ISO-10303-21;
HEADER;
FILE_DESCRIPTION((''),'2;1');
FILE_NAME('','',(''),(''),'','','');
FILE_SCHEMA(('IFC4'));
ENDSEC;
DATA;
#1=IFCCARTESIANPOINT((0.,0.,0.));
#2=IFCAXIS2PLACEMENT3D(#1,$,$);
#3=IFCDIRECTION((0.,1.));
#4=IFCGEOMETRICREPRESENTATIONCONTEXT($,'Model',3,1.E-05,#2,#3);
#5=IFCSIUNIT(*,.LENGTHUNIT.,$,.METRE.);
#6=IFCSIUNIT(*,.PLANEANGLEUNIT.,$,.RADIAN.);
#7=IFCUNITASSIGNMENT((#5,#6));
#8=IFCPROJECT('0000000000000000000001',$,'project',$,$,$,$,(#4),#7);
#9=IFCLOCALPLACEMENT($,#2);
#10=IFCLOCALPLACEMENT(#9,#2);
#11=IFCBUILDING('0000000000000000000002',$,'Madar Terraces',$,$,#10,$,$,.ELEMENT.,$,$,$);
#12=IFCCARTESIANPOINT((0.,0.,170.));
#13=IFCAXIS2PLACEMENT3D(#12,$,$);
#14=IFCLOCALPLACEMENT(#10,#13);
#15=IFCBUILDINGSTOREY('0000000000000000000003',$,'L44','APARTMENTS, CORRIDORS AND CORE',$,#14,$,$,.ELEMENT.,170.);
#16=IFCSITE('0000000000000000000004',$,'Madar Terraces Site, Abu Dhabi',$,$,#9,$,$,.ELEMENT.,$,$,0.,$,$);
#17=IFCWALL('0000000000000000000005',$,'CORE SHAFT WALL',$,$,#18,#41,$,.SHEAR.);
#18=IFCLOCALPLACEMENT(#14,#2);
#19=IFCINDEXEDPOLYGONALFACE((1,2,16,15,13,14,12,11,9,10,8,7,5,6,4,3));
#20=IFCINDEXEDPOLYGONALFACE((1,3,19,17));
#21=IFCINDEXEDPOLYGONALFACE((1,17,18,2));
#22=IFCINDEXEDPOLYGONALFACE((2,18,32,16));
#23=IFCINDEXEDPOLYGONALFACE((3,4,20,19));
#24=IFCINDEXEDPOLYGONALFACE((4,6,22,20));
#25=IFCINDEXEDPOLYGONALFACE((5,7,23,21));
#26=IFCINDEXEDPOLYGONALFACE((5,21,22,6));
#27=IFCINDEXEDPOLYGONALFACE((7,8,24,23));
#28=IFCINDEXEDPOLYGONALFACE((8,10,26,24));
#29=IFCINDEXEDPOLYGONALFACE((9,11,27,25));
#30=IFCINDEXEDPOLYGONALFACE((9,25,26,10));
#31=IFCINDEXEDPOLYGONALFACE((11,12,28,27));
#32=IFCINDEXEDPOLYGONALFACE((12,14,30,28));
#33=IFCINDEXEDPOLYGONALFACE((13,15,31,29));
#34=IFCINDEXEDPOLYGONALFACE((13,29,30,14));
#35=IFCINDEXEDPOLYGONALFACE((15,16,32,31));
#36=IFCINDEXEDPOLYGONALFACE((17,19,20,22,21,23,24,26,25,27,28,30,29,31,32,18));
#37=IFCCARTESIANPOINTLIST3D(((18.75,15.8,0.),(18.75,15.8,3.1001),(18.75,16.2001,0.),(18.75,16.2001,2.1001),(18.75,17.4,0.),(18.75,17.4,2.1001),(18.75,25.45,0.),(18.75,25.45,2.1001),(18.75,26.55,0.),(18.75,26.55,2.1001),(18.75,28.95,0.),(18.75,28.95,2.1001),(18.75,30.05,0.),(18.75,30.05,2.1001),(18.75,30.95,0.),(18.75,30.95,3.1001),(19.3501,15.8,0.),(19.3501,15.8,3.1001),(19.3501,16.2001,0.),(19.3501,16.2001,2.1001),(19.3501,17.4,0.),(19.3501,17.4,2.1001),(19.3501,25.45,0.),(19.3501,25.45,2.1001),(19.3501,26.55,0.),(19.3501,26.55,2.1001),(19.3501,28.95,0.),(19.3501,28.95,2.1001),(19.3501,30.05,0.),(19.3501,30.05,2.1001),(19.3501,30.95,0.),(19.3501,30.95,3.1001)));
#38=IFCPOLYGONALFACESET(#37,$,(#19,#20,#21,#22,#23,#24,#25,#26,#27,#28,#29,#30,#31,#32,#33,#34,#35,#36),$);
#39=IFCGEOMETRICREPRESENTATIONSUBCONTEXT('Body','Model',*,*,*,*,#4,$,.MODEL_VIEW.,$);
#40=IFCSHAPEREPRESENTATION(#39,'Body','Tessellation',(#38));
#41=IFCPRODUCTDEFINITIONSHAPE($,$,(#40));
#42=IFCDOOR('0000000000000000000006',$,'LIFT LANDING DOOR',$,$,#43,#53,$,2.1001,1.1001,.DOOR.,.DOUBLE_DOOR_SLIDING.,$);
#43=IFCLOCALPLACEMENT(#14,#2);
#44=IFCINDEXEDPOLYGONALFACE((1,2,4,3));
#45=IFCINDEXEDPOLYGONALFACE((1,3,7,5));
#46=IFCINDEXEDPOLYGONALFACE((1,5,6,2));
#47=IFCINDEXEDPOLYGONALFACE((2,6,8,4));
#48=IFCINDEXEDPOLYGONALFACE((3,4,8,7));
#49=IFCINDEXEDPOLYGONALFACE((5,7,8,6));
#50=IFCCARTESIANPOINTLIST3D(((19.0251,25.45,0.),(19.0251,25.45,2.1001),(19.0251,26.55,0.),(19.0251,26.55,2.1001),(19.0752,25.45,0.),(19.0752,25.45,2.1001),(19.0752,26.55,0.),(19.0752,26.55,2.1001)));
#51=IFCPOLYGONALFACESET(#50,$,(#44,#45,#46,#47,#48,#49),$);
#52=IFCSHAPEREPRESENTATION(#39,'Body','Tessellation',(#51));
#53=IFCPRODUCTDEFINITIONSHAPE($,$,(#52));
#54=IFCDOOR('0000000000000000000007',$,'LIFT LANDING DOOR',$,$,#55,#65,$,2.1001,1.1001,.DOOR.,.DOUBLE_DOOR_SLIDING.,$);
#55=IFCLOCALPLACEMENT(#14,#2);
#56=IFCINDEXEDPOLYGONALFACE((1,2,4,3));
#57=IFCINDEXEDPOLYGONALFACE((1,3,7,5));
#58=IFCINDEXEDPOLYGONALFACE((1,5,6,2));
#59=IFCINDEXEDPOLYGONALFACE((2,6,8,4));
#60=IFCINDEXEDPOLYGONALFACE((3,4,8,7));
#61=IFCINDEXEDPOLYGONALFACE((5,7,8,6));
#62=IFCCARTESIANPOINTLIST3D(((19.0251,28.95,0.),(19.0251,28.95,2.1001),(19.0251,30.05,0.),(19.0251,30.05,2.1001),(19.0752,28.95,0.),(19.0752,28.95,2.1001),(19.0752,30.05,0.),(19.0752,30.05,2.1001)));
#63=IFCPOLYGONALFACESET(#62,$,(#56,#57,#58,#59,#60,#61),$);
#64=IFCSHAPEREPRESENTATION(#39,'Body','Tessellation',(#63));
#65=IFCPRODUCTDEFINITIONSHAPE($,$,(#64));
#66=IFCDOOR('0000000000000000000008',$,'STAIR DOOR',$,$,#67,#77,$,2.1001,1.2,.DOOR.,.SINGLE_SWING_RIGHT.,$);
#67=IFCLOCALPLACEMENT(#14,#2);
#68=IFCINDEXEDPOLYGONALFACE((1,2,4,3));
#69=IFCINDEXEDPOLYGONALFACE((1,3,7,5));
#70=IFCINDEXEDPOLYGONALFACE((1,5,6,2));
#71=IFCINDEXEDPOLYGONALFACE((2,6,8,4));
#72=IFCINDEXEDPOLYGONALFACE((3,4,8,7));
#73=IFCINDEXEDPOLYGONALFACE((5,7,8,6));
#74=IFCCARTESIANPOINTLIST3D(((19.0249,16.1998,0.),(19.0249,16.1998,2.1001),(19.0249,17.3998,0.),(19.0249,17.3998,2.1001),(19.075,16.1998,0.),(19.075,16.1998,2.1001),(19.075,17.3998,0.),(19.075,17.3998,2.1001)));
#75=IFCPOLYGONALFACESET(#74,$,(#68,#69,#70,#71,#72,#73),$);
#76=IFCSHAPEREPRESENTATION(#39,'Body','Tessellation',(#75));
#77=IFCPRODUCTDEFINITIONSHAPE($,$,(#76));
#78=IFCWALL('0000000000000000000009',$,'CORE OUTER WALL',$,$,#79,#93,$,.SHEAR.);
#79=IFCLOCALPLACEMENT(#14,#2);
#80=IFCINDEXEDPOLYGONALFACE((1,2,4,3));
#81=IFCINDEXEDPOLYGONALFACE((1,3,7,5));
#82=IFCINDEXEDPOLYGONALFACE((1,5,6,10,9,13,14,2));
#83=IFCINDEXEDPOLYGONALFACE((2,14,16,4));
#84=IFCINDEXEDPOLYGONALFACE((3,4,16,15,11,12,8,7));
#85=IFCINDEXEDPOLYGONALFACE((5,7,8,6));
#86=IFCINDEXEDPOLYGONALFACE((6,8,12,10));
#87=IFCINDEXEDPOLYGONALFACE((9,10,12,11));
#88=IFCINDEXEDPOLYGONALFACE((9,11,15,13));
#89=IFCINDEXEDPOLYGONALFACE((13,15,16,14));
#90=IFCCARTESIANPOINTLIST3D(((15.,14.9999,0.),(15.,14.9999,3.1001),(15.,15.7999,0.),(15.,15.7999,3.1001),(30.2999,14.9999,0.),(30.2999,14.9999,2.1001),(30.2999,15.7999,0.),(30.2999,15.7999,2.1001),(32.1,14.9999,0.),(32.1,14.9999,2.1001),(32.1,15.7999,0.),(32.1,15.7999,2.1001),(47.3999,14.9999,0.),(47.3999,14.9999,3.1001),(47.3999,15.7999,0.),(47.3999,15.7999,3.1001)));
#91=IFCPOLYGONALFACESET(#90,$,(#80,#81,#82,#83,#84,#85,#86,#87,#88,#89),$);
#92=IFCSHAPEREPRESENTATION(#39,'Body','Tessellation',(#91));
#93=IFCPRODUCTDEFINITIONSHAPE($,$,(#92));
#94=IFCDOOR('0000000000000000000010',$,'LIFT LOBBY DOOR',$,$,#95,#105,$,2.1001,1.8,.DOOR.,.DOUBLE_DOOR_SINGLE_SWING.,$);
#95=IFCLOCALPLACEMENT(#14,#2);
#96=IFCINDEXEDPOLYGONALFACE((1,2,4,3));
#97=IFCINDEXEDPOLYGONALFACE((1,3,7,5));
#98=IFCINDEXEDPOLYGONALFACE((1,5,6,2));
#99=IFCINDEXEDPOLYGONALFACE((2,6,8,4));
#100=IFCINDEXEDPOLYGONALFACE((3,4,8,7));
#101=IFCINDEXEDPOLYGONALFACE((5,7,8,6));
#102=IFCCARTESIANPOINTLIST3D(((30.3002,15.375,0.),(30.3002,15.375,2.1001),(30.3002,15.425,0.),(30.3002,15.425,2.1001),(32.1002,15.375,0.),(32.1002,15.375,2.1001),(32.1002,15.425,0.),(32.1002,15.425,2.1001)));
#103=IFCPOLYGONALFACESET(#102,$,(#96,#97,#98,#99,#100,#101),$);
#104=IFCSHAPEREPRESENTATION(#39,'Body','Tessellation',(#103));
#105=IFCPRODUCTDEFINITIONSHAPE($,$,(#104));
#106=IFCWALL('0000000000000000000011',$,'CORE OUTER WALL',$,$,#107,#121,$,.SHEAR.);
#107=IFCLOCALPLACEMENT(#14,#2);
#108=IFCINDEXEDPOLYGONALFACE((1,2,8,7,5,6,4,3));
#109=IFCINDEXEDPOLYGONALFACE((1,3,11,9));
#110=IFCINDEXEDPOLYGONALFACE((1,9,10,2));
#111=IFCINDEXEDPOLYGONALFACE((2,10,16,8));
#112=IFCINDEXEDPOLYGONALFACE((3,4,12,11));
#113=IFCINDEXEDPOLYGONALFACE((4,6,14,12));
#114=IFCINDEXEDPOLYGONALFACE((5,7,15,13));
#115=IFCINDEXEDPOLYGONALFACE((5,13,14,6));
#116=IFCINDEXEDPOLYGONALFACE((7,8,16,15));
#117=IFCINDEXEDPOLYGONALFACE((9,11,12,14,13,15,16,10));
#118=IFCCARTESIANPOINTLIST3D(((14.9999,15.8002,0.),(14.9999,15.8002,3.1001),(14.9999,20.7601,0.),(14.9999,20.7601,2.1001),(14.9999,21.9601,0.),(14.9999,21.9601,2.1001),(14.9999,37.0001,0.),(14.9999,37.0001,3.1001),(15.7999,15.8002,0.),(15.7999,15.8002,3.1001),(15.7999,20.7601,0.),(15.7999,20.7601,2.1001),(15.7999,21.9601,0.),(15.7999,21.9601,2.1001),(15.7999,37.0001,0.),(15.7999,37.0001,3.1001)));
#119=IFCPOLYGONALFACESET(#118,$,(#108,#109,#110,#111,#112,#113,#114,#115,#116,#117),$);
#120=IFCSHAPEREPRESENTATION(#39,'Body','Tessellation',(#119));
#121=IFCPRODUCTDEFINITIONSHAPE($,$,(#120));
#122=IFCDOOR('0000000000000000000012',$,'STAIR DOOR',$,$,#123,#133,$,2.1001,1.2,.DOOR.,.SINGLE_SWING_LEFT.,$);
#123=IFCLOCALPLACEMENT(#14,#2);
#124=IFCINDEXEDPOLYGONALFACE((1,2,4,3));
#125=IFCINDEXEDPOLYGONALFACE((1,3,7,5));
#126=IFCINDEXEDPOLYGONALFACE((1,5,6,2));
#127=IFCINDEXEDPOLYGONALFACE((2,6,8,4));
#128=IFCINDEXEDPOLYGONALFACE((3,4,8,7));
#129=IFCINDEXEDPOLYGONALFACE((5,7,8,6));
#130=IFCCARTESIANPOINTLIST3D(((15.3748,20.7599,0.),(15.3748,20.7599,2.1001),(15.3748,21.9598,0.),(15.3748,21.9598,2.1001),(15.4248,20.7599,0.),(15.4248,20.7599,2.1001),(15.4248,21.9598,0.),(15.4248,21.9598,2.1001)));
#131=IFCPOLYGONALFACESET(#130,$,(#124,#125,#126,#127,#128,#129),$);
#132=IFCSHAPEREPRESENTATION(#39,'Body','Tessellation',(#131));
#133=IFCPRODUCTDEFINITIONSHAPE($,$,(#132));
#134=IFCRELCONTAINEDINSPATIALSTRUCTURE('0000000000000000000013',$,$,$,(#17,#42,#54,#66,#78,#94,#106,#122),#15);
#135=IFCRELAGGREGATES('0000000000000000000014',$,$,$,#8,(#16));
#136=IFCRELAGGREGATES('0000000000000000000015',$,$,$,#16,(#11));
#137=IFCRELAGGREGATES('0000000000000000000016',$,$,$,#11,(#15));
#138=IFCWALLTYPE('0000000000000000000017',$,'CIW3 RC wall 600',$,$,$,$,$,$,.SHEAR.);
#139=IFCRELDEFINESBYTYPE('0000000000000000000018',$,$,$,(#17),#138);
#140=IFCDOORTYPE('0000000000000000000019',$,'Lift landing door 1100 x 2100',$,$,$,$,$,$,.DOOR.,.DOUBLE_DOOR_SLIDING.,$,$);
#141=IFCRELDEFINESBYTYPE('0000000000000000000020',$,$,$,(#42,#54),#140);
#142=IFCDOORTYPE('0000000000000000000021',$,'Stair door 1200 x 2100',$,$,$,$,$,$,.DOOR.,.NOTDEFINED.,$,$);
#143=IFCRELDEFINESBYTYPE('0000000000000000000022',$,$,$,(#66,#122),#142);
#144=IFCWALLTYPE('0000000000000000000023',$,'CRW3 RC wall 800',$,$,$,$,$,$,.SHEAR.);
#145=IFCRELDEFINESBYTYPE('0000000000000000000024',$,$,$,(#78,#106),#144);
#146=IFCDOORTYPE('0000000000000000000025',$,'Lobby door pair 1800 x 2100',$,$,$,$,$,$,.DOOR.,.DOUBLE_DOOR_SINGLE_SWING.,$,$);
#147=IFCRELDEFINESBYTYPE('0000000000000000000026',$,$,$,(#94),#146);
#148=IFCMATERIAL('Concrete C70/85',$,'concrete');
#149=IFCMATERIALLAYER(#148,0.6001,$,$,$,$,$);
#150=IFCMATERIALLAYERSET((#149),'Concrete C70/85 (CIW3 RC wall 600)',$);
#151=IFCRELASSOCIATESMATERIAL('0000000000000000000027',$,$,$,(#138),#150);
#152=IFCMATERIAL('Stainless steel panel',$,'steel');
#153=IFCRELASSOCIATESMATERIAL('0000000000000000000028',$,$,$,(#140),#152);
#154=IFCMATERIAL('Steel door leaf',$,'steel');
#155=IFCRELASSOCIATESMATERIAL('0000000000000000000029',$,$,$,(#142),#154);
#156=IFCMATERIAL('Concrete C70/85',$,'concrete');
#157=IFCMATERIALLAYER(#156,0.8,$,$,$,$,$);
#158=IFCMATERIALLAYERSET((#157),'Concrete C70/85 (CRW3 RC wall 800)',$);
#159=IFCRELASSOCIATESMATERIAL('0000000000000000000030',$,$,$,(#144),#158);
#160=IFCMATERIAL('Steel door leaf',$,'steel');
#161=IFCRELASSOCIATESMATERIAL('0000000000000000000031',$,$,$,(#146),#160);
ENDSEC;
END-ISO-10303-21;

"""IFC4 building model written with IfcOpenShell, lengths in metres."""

from ifc_helpers import new_model, si_unit, direction, frame, frame_2d, origin, place, context, subcontext, project, spatial, rectangle, extrude, material, layer, layer_set, type_object, element, fill, save


model = new_model("IFC4")

# Units and contexts
model_context = context("Model", 3, precision=1e-05, world=origin(), true_north=direction((0.0, 1.0)))
body_context = subcontext(model_context, "Body", "Model", "MODEL_VIEW")
ifc_project = project(units=[si_unit("LENGTHUNIT", "METRE"), si_unit("PLANEANGLEUNIT", "RADIAN")], contexts=[model_context])

# Site, building, storey
site_placement = place(None, origin())
site = spatial("IfcSite", under=ifc_project, at=site_placement, Name="Madar Terraces Site, Abu Dhabi", CompositionType="ELEMENT", RefElevation=0.0)
building_placement = place(site_placement, origin())
building = spatial("IfcBuilding", under=site, at=building_placement, Name="Madar Terraces", CompositionType="ELEMENT")
storey_placement = place(building_placement, frame((0.0, 0.0, 170.0)))
storey = spatial("IfcBuildingStorey", under=building, at=storey_placement, Name="L44", Description="APARTMENTS, CORRIDORS AND CORE", CompositionType="ELEMENT", Elevation=170.0)

# Wall, openings, doors
ifc_material_1 = material(Name="Concrete C70/85", Category="concrete")
ifc_layer_1 = layer(ifc_material_1, 0.6001)
ifc_layer_set_1 = layer_set([ifc_layer_1], Name="Concrete C70/85 (CIW3 RC wall 600)")
wall_type_1 = type_object("IfcWallType", Name="CIW3 RC wall 600", PredefinedType="SHEAR", material=ifc_layer_set_1)
wall_1_placement = place(storey_placement, frame((19.05, 15.8, 0.0), z_axis=(0.0, 0.0, 1.0), x_axis=(0.0, 1.0, 0.0)))
wall_1 = element("IfcWall", 1, at=wall_1_placement, inside=storey, type_object=wall_type_1, Name="CORE SHAFT WALL", PredefinedType="SHEAR", context=body_context, shape_type="SweptSolid", body=[
    extrude(rectangle(XDim=15.1499, YDim=0.6001, at=frame_2d((7.575, 0.0))), origin(), (0.0, 0.0, 1.0), 3.1001),
])
opening_1_placement = place(wall_1_placement, frame((9.6499, 0.0, 0.0)))
opening_1 = element("IfcOpeningElement", 2, at=opening_1_placement, cuts=wall_1, PredefinedType="OPENING", context=body_context, shape_type="SweptSolid", body=[
    extrude(rectangle(XDim=1.1001, YDim=2.1001, at=frame_2d((0.55, 1.05))), frame((0.0, 0.3101, 0.0), z_axis=(0.0, -1.0, 0.0), x_axis=(1.0, 0.0, 0.0)), (0.0, 0.0, 1.0), 0.6201),
])
opening_2_placement = place(wall_1_placement, frame((13.1499, 0.0, 0.0)))
opening_2 = element("IfcOpeningElement", 3, at=opening_2_placement, cuts=wall_1, PredefinedType="OPENING", context=body_context, shape_type="SweptSolid", body=[
    extrude(rectangle(XDim=1.1001, YDim=2.1001, at=frame_2d((0.55, 1.05))), frame((0.0, 0.3101, 0.0), z_axis=(0.0, -1.0, 0.0), x_axis=(1.0, 0.0, 0.0)), (0.0, 0.0, 1.0), 0.6201),
])
opening_3_placement = place(wall_1_placement, frame((0.3999, 0.0, 0.0)))
opening_3 = element("IfcOpeningElement", 4, at=opening_3_placement, cuts=wall_1, PredefinedType="OPENING", context=body_context, shape_type="SweptSolid", body=[
    extrude(rectangle(XDim=1.2, YDim=2.1001, at=frame_2d((0.6001, 1.05))), frame((0.0, 0.3101, 0.0), z_axis=(0.0, -1.0, 0.0), x_axis=(1.0, 0.0, 0.0)), (0.0, 0.0, 1.0), 0.6201),
])
ifc_material_2 = material(Name="Stainless steel panel", Category="steel")
door_type_1 = type_object("IfcDoorType", Name="Lift landing door 1100 x 2100", OperationType="DOUBLE_DOOR_SLIDING", PredefinedType="DOOR", material=ifc_material_2)
door_1_placement = place(opening_1_placement, origin())
door_1 = element("IfcDoor", 5, at=door_1_placement, inside=storey, type_object=door_type_1, Name="LIFT LANDING DOOR", OperationType="DOUBLE_DOOR_SLIDING", OverallHeight=2.1001, OverallWidth=1.1001, PredefinedType="DOOR", context=body_context, shape_type="SweptSolid", body=[
    extrude(rectangle(XDim=1.1001, YDim=2.1001, at=frame_2d((0.55, 1.05))), frame((0.0, 0.0249, 0.0), z_axis=(0.0, -1.0, 0.0), x_axis=(1.0, 0.0, 0.0)), (0.0, 0.0, 1.0), 0.05),
])
fill(opening_1, door_1)
door_2_placement = place(opening_2_placement, origin())
door_2 = element("IfcDoor", 6, at=door_2_placement, inside=storey, type_object=door_type_1, Name="LIFT LANDING DOOR", OperationType="DOUBLE_DOOR_SLIDING", OverallHeight=2.1001, OverallWidth=1.1001, PredefinedType="DOOR", context=body_context, shape_type="SweptSolid", body=[
    extrude(rectangle(XDim=1.1001, YDim=2.1001, at=frame_2d((0.55, 1.05))), frame((0.0, 0.0249, 0.0), z_axis=(0.0, -1.0, 0.0), x_axis=(1.0, 0.0, 0.0)), (0.0, 0.0, 1.0), 0.05),
])
fill(opening_2, door_2)
ifc_material_3 = material(Name="Steel door leaf", Category="steel")
door_type_2 = type_object("IfcDoorType", Name="Stair door 1200 x 2100", OperationType="NOTDEFINED", PredefinedType="DOOR", material=ifc_material_3)
door_3_placement = place(opening_3_placement, frame((1.2, 0.0, 0.0), z_axis=(0.0, 0.0, 1.0), x_axis=(-1.0, 0.0, 0.0)))
door_3 = element("IfcDoor", 7, at=door_3_placement, inside=storey, type_object=door_type_2, Name="STAIR DOOR", OperationType="SINGLE_SWING_RIGHT", OverallHeight=2.1001, OverallWidth=1.2, PredefinedType="DOOR", context=body_context, shape_type="SweptSolid", body=[
    extrude(rectangle(XDim=1.2, YDim=2.1001, at=frame_2d((0.6001, 1.05))), frame((0.0, 0.0249, 0.0), z_axis=(0.0, -1.0, 0.0), x_axis=(1.0, 0.0, 0.0)), (0.0, 0.0, 1.0), 0.05),
])
fill(opening_3, door_3)

# Walls, openings, doors
ifc_material_4 = material(Name="Concrete C70/85", Category="concrete")
ifc_layer_2 = layer(ifc_material_4, 0.8)
ifc_layer_set_2 = layer_set([ifc_layer_2], Name="Concrete C70/85 (CRW3 RC wall 800)")
wall_type_2 = type_object("IfcWallType", Name="CRW3 RC wall 800", PredefinedType="SHEAR", material=ifc_layer_set_2)
wall_2_placement = place(storey_placement, frame((15.0, 15.3999, 0.0), z_axis=(0.0, 0.0, 1.0), x_axis=(1.0, 0.0, 0.0)))
wall_2 = element("IfcWall", 8, at=wall_2_placement, inside=storey, type_object=wall_type_2, Name="CORE OUTER WALL", PredefinedType="SHEAR", context=body_context, shape_type="SweptSolid", body=[
    extrude(rectangle(XDim=32.3999, YDim=0.8, at=frame_2d((16.2, 0.0))), origin(), (0.0, 0.0, 1.0), 3.1001),
])
opening_4_placement = place(wall_2_placement, frame((15.3, 0.0, 0.0)))
opening_4 = element("IfcOpeningElement", 9, at=opening_4_placement, cuts=wall_2, PredefinedType="OPENING", context=body_context, shape_type="SweptSolid", body=[
    extrude(rectangle(XDim=1.8, YDim=2.1001, at=frame_2d((0.8999, 1.05))), frame((0.0, 0.4099, 0.0), z_axis=(0.0, -1.0, 0.0), x_axis=(1.0, 0.0, 0.0)), (0.0, 0.0, 1.0), 0.8201),
])
ifc_material_5 = material(Name="Steel door leaf", Category="steel")
door_type_3 = type_object("IfcDoorType", Name="Lobby door pair 1800 x 2100", OperationType="DOUBLE_DOOR_SINGLE_SWING", PredefinedType="DOOR", material=ifc_material_5)
door_4_placement = place(opening_4_placement, frame((1.8, 0.0, 0.0), z_axis=(0.0, 0.0, 1.0), x_axis=(-1.0, 0.0, 0.0)))
door_4 = element("IfcDoor", 10, at=door_4_placement, inside=storey, type_object=door_type_3, Name="LIFT LOBBY DOOR", OperationType="DOUBLE_DOOR_SINGLE_SWING", OverallHeight=2.1001, OverallWidth=1.8, PredefinedType="DOOR", context=body_context, shape_type="SweptSolid", body=[
    extrude(rectangle(XDim=1.8, YDim=2.1001, at=frame_2d((0.8999, 1.05))), frame((0.0, 0.0249, 0.0), z_axis=(0.0, -1.0, 0.0), x_axis=(1.0, 0.0, 0.0)), (0.0, 0.0, 1.0), 0.05),
])
fill(opening_4, door_4)
wall_3_placement = place(storey_placement, frame((15.3999, 15.8, 0.0), z_axis=(0.0, 0.0, 1.0), x_axis=(0.0, 1.0, 0.0)))
wall_3 = element("IfcWall", 11, at=wall_3_placement, inside=storey, type_object=wall_type_2, Name="CORE OUTER WALL", PredefinedType="SHEAR", context=body_context, shape_type="SweptSolid", body=[
    extrude(rectangle(XDim=21.2, YDim=0.8, at=frame_2d((10.6001, 0.0))), origin(), (0.0, 0.0, 1.0), 3.1001),
])
opening_5_placement = place(wall_3_placement, frame((4.96, 0.0, 0.0)))
opening_5 = element("IfcOpeningElement", 12, at=opening_5_placement, cuts=wall_3, PredefinedType="OPENING", context=body_context, shape_type="SweptSolid", body=[
    extrude(rectangle(XDim=1.2, YDim=2.1001, at=frame_2d((0.6001, 1.05))), frame((0.0, 0.4099, 0.0), z_axis=(0.0, -1.0, 0.0), x_axis=(1.0, 0.0, 0.0)), (0.0, 0.0, 1.0), 0.8201),
])
door_5_placement = place(opening_5_placement, frame((1.2, 0.0, 0.0), z_axis=(0.0, 0.0, 1.0), x_axis=(-1.0, 0.0, 0.0)))
door_5 = element("IfcDoor", 13, at=door_5_placement, inside=storey, type_object=door_type_2, Name="STAIR DOOR", OperationType="SINGLE_SWING_LEFT", OverallHeight=2.1001, OverallWidth=1.2, PredefinedType="DOOR", context=body_context, shape_type="SweptSolid", body=[
    extrude(rectangle(XDim=1.2, YDim=2.1001, at=frame_2d((0.6001, 1.05))), frame((0.0, 0.0249, 0.0), z_axis=(0.0, -1.0, 0.0), x_axis=(1.0, 0.0, 0.0)), (0.0, 0.0, 1.0), 0.05),
])
fill(opening_5, door_5)

save(model, "model.ifc")
